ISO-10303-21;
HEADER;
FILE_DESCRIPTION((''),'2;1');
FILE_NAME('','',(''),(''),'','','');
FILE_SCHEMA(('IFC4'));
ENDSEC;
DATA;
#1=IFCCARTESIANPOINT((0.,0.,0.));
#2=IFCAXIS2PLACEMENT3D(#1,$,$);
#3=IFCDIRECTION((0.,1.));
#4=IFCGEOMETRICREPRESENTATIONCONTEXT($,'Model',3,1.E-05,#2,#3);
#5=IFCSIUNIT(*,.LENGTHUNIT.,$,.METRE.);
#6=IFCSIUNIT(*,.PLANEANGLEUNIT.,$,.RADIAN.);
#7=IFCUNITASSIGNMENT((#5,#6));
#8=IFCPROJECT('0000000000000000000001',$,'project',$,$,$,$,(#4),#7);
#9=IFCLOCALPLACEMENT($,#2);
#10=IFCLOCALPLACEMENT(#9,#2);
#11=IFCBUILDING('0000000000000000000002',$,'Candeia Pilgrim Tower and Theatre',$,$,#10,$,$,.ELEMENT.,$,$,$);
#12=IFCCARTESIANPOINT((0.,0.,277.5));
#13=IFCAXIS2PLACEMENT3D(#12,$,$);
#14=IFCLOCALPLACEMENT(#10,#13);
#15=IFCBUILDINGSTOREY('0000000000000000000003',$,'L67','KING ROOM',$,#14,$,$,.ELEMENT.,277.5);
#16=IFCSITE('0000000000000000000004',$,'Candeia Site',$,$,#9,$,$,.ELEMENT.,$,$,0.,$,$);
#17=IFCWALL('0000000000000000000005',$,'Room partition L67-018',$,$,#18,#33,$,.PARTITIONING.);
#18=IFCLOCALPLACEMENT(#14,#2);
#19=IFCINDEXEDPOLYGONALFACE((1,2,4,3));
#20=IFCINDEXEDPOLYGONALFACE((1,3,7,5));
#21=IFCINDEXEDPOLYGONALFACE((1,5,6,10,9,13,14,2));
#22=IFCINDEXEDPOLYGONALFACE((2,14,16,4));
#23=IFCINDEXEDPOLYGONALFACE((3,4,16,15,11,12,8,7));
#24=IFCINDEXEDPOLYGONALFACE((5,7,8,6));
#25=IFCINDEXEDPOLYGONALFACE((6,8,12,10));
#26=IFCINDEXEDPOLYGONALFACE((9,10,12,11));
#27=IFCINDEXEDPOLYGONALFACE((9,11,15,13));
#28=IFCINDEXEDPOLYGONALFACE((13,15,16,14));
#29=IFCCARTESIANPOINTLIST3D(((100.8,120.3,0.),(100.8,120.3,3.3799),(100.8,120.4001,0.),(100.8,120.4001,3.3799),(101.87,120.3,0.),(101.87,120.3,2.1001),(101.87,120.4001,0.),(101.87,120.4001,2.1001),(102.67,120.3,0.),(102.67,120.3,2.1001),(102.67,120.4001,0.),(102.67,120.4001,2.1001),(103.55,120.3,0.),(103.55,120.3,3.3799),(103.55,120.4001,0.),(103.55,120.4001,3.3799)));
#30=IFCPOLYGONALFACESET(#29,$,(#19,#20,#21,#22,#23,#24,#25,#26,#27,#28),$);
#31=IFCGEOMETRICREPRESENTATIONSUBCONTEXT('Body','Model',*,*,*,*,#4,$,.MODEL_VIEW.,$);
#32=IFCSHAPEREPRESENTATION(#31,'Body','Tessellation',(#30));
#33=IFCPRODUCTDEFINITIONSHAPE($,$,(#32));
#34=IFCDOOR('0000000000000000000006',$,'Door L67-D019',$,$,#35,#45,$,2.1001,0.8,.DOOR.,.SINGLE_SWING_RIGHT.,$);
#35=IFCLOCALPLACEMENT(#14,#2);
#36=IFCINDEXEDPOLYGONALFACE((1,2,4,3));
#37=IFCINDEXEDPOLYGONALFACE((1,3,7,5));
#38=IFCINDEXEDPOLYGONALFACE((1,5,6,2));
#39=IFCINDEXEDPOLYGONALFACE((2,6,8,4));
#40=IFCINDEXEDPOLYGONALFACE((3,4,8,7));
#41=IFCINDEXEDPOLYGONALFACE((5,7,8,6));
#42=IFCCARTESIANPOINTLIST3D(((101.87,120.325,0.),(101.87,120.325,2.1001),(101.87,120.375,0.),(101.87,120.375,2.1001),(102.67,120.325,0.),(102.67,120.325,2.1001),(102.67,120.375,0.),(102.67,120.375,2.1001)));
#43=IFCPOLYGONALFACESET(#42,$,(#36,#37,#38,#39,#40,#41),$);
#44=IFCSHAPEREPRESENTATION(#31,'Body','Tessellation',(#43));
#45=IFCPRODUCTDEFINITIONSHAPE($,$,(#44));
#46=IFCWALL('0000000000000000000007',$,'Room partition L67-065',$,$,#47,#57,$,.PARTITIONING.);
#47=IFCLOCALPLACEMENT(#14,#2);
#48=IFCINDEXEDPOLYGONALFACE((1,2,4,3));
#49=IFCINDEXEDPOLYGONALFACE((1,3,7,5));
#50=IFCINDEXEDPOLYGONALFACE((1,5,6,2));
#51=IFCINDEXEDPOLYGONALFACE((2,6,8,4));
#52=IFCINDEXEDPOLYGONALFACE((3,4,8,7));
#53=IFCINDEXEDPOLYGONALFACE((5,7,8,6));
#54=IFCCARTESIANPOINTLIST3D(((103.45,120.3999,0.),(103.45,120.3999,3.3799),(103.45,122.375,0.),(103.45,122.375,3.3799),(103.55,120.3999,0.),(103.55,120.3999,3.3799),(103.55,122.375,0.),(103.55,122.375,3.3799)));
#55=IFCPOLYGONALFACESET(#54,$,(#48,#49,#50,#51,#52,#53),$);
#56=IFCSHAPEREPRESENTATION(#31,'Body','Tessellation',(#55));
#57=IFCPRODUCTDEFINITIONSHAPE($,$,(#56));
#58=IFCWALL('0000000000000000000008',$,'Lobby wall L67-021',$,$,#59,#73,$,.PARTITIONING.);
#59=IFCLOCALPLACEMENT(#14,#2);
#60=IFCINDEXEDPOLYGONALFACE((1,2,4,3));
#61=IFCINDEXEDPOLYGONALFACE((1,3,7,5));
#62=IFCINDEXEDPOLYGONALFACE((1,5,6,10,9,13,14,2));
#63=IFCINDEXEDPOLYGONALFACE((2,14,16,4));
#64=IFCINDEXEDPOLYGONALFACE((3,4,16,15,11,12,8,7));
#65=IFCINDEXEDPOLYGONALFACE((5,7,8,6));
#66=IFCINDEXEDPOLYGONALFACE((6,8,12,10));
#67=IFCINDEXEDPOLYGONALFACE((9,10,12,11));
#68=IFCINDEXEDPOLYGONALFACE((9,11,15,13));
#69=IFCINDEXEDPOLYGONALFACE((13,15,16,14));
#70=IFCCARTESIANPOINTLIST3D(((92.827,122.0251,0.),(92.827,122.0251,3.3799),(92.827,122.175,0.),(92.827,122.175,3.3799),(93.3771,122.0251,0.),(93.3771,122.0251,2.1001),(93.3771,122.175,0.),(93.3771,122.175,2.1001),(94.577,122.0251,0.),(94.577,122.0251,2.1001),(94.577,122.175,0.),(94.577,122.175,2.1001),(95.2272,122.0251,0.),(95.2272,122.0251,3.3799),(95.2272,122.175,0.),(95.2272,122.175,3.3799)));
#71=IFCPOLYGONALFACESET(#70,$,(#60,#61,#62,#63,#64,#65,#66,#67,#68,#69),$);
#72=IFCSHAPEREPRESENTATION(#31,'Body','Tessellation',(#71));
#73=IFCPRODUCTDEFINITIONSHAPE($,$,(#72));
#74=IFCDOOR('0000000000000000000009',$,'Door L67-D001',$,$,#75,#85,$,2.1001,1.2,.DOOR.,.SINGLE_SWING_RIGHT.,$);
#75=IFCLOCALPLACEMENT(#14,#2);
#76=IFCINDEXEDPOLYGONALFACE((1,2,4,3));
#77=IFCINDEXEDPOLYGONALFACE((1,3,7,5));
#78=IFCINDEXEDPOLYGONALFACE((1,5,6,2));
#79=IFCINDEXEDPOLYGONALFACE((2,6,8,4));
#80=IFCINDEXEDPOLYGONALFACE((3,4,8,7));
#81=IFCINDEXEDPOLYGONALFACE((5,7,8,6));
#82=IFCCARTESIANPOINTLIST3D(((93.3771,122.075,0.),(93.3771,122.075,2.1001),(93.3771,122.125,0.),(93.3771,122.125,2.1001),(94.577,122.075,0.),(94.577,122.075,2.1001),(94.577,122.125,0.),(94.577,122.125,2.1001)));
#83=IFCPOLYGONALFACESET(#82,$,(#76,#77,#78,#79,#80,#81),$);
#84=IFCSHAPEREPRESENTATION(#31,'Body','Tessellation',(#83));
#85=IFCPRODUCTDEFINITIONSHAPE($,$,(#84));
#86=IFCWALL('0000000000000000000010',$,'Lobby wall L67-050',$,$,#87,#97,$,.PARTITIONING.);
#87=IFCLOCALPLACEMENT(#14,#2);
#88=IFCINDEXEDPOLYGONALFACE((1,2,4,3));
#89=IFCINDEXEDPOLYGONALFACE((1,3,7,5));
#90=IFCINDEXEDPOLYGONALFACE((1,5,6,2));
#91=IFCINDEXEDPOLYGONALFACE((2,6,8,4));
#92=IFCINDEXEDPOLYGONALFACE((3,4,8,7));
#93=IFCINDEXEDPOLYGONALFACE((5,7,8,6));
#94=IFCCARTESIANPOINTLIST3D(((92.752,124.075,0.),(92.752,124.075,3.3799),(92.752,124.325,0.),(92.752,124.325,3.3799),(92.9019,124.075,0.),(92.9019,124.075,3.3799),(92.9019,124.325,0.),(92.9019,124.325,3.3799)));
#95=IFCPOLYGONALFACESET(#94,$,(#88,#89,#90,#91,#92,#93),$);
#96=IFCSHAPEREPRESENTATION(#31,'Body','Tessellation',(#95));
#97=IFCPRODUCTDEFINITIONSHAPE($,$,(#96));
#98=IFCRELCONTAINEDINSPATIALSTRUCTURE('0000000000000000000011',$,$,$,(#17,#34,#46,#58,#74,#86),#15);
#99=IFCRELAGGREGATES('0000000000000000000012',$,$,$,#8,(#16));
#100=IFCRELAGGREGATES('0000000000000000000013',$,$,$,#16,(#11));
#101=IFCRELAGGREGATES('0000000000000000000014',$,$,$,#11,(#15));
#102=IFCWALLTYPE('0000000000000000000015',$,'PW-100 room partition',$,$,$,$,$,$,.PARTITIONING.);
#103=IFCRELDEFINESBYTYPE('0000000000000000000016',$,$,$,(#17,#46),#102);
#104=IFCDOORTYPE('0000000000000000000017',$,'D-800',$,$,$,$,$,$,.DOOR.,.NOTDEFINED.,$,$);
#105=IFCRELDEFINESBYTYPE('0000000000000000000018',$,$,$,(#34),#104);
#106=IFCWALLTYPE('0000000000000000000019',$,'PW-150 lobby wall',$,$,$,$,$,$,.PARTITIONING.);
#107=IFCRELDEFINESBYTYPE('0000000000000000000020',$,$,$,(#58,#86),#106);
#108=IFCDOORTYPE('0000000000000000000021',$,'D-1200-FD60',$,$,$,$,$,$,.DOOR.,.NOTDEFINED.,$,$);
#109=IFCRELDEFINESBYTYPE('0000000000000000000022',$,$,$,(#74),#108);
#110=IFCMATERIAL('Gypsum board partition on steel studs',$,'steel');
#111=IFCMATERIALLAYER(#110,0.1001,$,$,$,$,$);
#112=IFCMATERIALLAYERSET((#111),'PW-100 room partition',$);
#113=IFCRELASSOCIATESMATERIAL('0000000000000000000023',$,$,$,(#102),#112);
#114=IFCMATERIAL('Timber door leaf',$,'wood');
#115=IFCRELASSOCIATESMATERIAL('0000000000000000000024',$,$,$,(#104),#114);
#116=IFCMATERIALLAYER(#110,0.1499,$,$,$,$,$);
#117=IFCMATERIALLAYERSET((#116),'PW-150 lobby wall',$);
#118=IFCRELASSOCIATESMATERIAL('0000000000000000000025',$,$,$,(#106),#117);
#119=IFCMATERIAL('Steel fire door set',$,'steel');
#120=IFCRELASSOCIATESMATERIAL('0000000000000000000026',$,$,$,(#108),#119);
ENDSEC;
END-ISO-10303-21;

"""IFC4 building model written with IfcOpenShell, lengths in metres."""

from ifc_helpers import new_model, si_unit, direction, frame, frame_2d, origin, place, context, subcontext, project, spatial, rectangle, extrude, material, layer, layer_set, type_object, element, fill, save


model = new_model("IFC4")

# Units and contexts
model_context = context("Model", 3, precision=1e-05, world=origin(), true_north=direction((0.0, 1.0)))
body_context = subcontext(model_context, "Body", "Model", "MODEL_VIEW")
ifc_project = project(units=[si_unit("LENGTHUNIT", "METRE"), si_unit("PLANEANGLEUNIT", "RADIAN")], contexts=[model_context])

# Site, building, storey
site_placement = place(None, origin())
site = spatial("IfcSite", under=ifc_project, at=site_placement, Name="Candeia Site", CompositionType="ELEMENT", RefElevation=0.0)
building_placement = place(site_placement, origin())
building = spatial("IfcBuilding", under=site, at=building_placement, Name="Candeia Pilgrim Tower and Theatre", CompositionType="ELEMENT")
storey_placement = place(building_placement, frame((0.0, 0.0, 277.5)))
storey = spatial("IfcBuildingStorey", under=building, at=storey_placement, Name="L67", Description="KING ROOM", CompositionType="ELEMENT", Elevation=277.5)

# Wall, opening, door
ifc_material_1 = material(Name="Gypsum board partition on steel studs", Category="steel")
ifc_layer_1 = layer(ifc_material_1, 0.1001)
ifc_layer_set_1 = layer_set([ifc_layer_1], Name="PW-100 room partition")
wall_type_1 = type_object("IfcWallType", Name="PW-100 room partition", PredefinedType="PARTITIONING", material=ifc_layer_set_1)
wall_1_placement = place(storey_placement, frame((100.8, 120.3501, 0.0), z_axis=(0.0, 0.0, 1.0), x_axis=(1.0, 0.0, 0.0)))
wall_1 = element("IfcWall", 1, at=wall_1_placement, inside=storey, type_object=wall_type_1, Name="Room partition L67-018", PredefinedType="PARTITIONING", context=body_context, shape_type="SweptSolid", body=[
    extrude(rectangle(XDim=2.75, YDim=0.1001, at=frame_2d((1.375, 0.0))), origin(), (0.0, 0.0, 1.0), 3.3799),
])
opening_1_placement = place(wall_1_placement, frame((1.0701, 0.0, 0.0)))
opening_1 = element("IfcOpeningElement", 2, at=opening_1_placement, cuts=wall_1, PredefinedType="OPENING", context=body_context, shape_type="SweptSolid", body=[
    extrude(rectangle(XDim=0.8, YDim=2.1001, at=frame_2d((0.3999, 1.05))), frame((0.0, 0.0601, 0.0), z_axis=(0.0, -1.0, 0.0), x_axis=(1.0, 0.0, 0.0)), (0.0, 0.0, 1.0), 0.1201),
])
ifc_material_2 = material(Name="Timber door leaf", Category="wood")
door_type_1 = type_object("IfcDoorType", Name="D-800", OperationType="NOTDEFINED", PredefinedType="DOOR", material=ifc_material_2)
door_1_placement = place(opening_1_placement, origin())
door_1 = element("IfcDoor", 3, at=door_1_placement, inside=storey, type_object=door_type_1, Name="Door L67-D019", OperationType="SINGLE_SWING_RIGHT", OverallHeight=2.1001, OverallWidth=0.8, PredefinedType="DOOR", context=body_context, shape_type="SweptSolid", body=[
    extrude(rectangle(XDim=0.8, YDim=2.1001, at=frame_2d((0.3999, 1.05))), frame((0.0, 0.0249, 0.0), z_axis=(0.0, -1.0, 0.0), x_axis=(1.0, 0.0, 0.0)), (0.0, 0.0, 1.0), 0.05),
])
fill(opening_1, door_1)

# Wall
wall_2_placement = place(storey_placement, frame((103.5, 120.3999, 0.0), z_axis=(0.0, 0.0, 1.0), x_axis=(0.0, 1.0, 0.0)))
element("IfcWall", 4, at=wall_2_placement, inside=storey, type_object=wall_type_1, Name="Room partition L67-065", PredefinedType="PARTITIONING", context=body_context, shape_type="SweptSolid", body=[
    extrude(rectangle(XDim=1.9751, YDim=0.1001, at=frame_2d((0.9875, 0.0))), origin(), (0.0, 0.0, 1.0), 3.3799),
])

# Wall, opening, door
ifc_layer_2 = layer(ifc_material_1, 0.1499)
ifc_layer_set_2 = layer_set([ifc_layer_2], Name="PW-150 lobby wall")
wall_type_2 = type_object("IfcWallType", Name="PW-150 lobby wall", PredefinedType="PARTITIONING", material=ifc_layer_set_2)
wall_3_placement = place(storey_placement, frame((92.8269, 122.1001, 0.0), z_axis=(0.0, 0.0, 1.0), x_axis=(1.0, 0.0, 0.0)))
wall_3 = element("IfcWall", 5, at=wall_3_placement, inside=storey, type_object=wall_type_2, Name="Lobby wall L67-021", PredefinedType="PARTITIONING", context=body_context, shape_type="SweptSolid", body=[
    extrude(rectangle(XDim=2.4001, YDim=0.1499, at=frame_2d((1.2002, 0.0))), origin(), (0.0, 0.0, 1.0), 3.3799),
])
opening_2_placement = place(wall_3_placement, frame((0.55, 0.0, 0.0)))
opening_2 = element("IfcOpeningElement", 6, at=opening_2_placement, cuts=wall_3, PredefinedType="OPENING", context=body_context, shape_type="SweptSolid", body=[
    extrude(rectangle(XDim=1.2, YDim=2.1001, at=frame_2d((0.6001, 1.05))), frame((0.0, 0.085, 0.0), z_axis=(0.0, -1.0, 0.0), x_axis=(1.0, 0.0, 0.0)), (0.0, 0.0, 1.0), 0.1699),
])
ifc_material_3 = material(Name="Steel fire door set", Category="steel")
door_type_2 = type_object("IfcDoorType", Name="D-1200-FD60", OperationType="NOTDEFINED", PredefinedType="DOOR", material=ifc_material_3)
door_2_placement = place(opening_2_placement, origin())
door_2 = element("IfcDoor", 7, at=door_2_placement, inside=storey, type_object=door_type_2, Name="Door L67-D001", OperationType="SINGLE_SWING_RIGHT", OverallHeight=2.1001, OverallWidth=1.2, PredefinedType="DOOR", context=body_context, shape_type="SweptSolid", body=[
    extrude(rectangle(XDim=1.2, YDim=2.1001, at=frame_2d((0.6001, 1.05))), frame((0.0, 0.0249, 0.0), z_axis=(0.0, -1.0, 0.0), x_axis=(1.0, 0.0, 0.0)), (0.0, 0.0, 1.0), 0.05),
])
fill(opening_2, door_2)

# Wall
wall_4_placement = place(storey_placement, frame((92.8269, 124.075, 0.0), z_axis=(0.0, 0.0, 1.0), x_axis=(0.0, 1.0, 0.0)))
element("IfcWall", 8, at=wall_4_placement, inside=storey, type_object=wall_type_2, Name="Lobby wall L67-050", PredefinedType="PARTITIONING", context=body_context, shape_type="SweptSolid", body=[
    extrude(rectangle(XDim=0.25, YDim=0.1499, at=frame_2d((0.125, 0.0))), origin(), (0.0, 0.0, 1.0), 3.3799),
])

save(model, "model.ifc")
